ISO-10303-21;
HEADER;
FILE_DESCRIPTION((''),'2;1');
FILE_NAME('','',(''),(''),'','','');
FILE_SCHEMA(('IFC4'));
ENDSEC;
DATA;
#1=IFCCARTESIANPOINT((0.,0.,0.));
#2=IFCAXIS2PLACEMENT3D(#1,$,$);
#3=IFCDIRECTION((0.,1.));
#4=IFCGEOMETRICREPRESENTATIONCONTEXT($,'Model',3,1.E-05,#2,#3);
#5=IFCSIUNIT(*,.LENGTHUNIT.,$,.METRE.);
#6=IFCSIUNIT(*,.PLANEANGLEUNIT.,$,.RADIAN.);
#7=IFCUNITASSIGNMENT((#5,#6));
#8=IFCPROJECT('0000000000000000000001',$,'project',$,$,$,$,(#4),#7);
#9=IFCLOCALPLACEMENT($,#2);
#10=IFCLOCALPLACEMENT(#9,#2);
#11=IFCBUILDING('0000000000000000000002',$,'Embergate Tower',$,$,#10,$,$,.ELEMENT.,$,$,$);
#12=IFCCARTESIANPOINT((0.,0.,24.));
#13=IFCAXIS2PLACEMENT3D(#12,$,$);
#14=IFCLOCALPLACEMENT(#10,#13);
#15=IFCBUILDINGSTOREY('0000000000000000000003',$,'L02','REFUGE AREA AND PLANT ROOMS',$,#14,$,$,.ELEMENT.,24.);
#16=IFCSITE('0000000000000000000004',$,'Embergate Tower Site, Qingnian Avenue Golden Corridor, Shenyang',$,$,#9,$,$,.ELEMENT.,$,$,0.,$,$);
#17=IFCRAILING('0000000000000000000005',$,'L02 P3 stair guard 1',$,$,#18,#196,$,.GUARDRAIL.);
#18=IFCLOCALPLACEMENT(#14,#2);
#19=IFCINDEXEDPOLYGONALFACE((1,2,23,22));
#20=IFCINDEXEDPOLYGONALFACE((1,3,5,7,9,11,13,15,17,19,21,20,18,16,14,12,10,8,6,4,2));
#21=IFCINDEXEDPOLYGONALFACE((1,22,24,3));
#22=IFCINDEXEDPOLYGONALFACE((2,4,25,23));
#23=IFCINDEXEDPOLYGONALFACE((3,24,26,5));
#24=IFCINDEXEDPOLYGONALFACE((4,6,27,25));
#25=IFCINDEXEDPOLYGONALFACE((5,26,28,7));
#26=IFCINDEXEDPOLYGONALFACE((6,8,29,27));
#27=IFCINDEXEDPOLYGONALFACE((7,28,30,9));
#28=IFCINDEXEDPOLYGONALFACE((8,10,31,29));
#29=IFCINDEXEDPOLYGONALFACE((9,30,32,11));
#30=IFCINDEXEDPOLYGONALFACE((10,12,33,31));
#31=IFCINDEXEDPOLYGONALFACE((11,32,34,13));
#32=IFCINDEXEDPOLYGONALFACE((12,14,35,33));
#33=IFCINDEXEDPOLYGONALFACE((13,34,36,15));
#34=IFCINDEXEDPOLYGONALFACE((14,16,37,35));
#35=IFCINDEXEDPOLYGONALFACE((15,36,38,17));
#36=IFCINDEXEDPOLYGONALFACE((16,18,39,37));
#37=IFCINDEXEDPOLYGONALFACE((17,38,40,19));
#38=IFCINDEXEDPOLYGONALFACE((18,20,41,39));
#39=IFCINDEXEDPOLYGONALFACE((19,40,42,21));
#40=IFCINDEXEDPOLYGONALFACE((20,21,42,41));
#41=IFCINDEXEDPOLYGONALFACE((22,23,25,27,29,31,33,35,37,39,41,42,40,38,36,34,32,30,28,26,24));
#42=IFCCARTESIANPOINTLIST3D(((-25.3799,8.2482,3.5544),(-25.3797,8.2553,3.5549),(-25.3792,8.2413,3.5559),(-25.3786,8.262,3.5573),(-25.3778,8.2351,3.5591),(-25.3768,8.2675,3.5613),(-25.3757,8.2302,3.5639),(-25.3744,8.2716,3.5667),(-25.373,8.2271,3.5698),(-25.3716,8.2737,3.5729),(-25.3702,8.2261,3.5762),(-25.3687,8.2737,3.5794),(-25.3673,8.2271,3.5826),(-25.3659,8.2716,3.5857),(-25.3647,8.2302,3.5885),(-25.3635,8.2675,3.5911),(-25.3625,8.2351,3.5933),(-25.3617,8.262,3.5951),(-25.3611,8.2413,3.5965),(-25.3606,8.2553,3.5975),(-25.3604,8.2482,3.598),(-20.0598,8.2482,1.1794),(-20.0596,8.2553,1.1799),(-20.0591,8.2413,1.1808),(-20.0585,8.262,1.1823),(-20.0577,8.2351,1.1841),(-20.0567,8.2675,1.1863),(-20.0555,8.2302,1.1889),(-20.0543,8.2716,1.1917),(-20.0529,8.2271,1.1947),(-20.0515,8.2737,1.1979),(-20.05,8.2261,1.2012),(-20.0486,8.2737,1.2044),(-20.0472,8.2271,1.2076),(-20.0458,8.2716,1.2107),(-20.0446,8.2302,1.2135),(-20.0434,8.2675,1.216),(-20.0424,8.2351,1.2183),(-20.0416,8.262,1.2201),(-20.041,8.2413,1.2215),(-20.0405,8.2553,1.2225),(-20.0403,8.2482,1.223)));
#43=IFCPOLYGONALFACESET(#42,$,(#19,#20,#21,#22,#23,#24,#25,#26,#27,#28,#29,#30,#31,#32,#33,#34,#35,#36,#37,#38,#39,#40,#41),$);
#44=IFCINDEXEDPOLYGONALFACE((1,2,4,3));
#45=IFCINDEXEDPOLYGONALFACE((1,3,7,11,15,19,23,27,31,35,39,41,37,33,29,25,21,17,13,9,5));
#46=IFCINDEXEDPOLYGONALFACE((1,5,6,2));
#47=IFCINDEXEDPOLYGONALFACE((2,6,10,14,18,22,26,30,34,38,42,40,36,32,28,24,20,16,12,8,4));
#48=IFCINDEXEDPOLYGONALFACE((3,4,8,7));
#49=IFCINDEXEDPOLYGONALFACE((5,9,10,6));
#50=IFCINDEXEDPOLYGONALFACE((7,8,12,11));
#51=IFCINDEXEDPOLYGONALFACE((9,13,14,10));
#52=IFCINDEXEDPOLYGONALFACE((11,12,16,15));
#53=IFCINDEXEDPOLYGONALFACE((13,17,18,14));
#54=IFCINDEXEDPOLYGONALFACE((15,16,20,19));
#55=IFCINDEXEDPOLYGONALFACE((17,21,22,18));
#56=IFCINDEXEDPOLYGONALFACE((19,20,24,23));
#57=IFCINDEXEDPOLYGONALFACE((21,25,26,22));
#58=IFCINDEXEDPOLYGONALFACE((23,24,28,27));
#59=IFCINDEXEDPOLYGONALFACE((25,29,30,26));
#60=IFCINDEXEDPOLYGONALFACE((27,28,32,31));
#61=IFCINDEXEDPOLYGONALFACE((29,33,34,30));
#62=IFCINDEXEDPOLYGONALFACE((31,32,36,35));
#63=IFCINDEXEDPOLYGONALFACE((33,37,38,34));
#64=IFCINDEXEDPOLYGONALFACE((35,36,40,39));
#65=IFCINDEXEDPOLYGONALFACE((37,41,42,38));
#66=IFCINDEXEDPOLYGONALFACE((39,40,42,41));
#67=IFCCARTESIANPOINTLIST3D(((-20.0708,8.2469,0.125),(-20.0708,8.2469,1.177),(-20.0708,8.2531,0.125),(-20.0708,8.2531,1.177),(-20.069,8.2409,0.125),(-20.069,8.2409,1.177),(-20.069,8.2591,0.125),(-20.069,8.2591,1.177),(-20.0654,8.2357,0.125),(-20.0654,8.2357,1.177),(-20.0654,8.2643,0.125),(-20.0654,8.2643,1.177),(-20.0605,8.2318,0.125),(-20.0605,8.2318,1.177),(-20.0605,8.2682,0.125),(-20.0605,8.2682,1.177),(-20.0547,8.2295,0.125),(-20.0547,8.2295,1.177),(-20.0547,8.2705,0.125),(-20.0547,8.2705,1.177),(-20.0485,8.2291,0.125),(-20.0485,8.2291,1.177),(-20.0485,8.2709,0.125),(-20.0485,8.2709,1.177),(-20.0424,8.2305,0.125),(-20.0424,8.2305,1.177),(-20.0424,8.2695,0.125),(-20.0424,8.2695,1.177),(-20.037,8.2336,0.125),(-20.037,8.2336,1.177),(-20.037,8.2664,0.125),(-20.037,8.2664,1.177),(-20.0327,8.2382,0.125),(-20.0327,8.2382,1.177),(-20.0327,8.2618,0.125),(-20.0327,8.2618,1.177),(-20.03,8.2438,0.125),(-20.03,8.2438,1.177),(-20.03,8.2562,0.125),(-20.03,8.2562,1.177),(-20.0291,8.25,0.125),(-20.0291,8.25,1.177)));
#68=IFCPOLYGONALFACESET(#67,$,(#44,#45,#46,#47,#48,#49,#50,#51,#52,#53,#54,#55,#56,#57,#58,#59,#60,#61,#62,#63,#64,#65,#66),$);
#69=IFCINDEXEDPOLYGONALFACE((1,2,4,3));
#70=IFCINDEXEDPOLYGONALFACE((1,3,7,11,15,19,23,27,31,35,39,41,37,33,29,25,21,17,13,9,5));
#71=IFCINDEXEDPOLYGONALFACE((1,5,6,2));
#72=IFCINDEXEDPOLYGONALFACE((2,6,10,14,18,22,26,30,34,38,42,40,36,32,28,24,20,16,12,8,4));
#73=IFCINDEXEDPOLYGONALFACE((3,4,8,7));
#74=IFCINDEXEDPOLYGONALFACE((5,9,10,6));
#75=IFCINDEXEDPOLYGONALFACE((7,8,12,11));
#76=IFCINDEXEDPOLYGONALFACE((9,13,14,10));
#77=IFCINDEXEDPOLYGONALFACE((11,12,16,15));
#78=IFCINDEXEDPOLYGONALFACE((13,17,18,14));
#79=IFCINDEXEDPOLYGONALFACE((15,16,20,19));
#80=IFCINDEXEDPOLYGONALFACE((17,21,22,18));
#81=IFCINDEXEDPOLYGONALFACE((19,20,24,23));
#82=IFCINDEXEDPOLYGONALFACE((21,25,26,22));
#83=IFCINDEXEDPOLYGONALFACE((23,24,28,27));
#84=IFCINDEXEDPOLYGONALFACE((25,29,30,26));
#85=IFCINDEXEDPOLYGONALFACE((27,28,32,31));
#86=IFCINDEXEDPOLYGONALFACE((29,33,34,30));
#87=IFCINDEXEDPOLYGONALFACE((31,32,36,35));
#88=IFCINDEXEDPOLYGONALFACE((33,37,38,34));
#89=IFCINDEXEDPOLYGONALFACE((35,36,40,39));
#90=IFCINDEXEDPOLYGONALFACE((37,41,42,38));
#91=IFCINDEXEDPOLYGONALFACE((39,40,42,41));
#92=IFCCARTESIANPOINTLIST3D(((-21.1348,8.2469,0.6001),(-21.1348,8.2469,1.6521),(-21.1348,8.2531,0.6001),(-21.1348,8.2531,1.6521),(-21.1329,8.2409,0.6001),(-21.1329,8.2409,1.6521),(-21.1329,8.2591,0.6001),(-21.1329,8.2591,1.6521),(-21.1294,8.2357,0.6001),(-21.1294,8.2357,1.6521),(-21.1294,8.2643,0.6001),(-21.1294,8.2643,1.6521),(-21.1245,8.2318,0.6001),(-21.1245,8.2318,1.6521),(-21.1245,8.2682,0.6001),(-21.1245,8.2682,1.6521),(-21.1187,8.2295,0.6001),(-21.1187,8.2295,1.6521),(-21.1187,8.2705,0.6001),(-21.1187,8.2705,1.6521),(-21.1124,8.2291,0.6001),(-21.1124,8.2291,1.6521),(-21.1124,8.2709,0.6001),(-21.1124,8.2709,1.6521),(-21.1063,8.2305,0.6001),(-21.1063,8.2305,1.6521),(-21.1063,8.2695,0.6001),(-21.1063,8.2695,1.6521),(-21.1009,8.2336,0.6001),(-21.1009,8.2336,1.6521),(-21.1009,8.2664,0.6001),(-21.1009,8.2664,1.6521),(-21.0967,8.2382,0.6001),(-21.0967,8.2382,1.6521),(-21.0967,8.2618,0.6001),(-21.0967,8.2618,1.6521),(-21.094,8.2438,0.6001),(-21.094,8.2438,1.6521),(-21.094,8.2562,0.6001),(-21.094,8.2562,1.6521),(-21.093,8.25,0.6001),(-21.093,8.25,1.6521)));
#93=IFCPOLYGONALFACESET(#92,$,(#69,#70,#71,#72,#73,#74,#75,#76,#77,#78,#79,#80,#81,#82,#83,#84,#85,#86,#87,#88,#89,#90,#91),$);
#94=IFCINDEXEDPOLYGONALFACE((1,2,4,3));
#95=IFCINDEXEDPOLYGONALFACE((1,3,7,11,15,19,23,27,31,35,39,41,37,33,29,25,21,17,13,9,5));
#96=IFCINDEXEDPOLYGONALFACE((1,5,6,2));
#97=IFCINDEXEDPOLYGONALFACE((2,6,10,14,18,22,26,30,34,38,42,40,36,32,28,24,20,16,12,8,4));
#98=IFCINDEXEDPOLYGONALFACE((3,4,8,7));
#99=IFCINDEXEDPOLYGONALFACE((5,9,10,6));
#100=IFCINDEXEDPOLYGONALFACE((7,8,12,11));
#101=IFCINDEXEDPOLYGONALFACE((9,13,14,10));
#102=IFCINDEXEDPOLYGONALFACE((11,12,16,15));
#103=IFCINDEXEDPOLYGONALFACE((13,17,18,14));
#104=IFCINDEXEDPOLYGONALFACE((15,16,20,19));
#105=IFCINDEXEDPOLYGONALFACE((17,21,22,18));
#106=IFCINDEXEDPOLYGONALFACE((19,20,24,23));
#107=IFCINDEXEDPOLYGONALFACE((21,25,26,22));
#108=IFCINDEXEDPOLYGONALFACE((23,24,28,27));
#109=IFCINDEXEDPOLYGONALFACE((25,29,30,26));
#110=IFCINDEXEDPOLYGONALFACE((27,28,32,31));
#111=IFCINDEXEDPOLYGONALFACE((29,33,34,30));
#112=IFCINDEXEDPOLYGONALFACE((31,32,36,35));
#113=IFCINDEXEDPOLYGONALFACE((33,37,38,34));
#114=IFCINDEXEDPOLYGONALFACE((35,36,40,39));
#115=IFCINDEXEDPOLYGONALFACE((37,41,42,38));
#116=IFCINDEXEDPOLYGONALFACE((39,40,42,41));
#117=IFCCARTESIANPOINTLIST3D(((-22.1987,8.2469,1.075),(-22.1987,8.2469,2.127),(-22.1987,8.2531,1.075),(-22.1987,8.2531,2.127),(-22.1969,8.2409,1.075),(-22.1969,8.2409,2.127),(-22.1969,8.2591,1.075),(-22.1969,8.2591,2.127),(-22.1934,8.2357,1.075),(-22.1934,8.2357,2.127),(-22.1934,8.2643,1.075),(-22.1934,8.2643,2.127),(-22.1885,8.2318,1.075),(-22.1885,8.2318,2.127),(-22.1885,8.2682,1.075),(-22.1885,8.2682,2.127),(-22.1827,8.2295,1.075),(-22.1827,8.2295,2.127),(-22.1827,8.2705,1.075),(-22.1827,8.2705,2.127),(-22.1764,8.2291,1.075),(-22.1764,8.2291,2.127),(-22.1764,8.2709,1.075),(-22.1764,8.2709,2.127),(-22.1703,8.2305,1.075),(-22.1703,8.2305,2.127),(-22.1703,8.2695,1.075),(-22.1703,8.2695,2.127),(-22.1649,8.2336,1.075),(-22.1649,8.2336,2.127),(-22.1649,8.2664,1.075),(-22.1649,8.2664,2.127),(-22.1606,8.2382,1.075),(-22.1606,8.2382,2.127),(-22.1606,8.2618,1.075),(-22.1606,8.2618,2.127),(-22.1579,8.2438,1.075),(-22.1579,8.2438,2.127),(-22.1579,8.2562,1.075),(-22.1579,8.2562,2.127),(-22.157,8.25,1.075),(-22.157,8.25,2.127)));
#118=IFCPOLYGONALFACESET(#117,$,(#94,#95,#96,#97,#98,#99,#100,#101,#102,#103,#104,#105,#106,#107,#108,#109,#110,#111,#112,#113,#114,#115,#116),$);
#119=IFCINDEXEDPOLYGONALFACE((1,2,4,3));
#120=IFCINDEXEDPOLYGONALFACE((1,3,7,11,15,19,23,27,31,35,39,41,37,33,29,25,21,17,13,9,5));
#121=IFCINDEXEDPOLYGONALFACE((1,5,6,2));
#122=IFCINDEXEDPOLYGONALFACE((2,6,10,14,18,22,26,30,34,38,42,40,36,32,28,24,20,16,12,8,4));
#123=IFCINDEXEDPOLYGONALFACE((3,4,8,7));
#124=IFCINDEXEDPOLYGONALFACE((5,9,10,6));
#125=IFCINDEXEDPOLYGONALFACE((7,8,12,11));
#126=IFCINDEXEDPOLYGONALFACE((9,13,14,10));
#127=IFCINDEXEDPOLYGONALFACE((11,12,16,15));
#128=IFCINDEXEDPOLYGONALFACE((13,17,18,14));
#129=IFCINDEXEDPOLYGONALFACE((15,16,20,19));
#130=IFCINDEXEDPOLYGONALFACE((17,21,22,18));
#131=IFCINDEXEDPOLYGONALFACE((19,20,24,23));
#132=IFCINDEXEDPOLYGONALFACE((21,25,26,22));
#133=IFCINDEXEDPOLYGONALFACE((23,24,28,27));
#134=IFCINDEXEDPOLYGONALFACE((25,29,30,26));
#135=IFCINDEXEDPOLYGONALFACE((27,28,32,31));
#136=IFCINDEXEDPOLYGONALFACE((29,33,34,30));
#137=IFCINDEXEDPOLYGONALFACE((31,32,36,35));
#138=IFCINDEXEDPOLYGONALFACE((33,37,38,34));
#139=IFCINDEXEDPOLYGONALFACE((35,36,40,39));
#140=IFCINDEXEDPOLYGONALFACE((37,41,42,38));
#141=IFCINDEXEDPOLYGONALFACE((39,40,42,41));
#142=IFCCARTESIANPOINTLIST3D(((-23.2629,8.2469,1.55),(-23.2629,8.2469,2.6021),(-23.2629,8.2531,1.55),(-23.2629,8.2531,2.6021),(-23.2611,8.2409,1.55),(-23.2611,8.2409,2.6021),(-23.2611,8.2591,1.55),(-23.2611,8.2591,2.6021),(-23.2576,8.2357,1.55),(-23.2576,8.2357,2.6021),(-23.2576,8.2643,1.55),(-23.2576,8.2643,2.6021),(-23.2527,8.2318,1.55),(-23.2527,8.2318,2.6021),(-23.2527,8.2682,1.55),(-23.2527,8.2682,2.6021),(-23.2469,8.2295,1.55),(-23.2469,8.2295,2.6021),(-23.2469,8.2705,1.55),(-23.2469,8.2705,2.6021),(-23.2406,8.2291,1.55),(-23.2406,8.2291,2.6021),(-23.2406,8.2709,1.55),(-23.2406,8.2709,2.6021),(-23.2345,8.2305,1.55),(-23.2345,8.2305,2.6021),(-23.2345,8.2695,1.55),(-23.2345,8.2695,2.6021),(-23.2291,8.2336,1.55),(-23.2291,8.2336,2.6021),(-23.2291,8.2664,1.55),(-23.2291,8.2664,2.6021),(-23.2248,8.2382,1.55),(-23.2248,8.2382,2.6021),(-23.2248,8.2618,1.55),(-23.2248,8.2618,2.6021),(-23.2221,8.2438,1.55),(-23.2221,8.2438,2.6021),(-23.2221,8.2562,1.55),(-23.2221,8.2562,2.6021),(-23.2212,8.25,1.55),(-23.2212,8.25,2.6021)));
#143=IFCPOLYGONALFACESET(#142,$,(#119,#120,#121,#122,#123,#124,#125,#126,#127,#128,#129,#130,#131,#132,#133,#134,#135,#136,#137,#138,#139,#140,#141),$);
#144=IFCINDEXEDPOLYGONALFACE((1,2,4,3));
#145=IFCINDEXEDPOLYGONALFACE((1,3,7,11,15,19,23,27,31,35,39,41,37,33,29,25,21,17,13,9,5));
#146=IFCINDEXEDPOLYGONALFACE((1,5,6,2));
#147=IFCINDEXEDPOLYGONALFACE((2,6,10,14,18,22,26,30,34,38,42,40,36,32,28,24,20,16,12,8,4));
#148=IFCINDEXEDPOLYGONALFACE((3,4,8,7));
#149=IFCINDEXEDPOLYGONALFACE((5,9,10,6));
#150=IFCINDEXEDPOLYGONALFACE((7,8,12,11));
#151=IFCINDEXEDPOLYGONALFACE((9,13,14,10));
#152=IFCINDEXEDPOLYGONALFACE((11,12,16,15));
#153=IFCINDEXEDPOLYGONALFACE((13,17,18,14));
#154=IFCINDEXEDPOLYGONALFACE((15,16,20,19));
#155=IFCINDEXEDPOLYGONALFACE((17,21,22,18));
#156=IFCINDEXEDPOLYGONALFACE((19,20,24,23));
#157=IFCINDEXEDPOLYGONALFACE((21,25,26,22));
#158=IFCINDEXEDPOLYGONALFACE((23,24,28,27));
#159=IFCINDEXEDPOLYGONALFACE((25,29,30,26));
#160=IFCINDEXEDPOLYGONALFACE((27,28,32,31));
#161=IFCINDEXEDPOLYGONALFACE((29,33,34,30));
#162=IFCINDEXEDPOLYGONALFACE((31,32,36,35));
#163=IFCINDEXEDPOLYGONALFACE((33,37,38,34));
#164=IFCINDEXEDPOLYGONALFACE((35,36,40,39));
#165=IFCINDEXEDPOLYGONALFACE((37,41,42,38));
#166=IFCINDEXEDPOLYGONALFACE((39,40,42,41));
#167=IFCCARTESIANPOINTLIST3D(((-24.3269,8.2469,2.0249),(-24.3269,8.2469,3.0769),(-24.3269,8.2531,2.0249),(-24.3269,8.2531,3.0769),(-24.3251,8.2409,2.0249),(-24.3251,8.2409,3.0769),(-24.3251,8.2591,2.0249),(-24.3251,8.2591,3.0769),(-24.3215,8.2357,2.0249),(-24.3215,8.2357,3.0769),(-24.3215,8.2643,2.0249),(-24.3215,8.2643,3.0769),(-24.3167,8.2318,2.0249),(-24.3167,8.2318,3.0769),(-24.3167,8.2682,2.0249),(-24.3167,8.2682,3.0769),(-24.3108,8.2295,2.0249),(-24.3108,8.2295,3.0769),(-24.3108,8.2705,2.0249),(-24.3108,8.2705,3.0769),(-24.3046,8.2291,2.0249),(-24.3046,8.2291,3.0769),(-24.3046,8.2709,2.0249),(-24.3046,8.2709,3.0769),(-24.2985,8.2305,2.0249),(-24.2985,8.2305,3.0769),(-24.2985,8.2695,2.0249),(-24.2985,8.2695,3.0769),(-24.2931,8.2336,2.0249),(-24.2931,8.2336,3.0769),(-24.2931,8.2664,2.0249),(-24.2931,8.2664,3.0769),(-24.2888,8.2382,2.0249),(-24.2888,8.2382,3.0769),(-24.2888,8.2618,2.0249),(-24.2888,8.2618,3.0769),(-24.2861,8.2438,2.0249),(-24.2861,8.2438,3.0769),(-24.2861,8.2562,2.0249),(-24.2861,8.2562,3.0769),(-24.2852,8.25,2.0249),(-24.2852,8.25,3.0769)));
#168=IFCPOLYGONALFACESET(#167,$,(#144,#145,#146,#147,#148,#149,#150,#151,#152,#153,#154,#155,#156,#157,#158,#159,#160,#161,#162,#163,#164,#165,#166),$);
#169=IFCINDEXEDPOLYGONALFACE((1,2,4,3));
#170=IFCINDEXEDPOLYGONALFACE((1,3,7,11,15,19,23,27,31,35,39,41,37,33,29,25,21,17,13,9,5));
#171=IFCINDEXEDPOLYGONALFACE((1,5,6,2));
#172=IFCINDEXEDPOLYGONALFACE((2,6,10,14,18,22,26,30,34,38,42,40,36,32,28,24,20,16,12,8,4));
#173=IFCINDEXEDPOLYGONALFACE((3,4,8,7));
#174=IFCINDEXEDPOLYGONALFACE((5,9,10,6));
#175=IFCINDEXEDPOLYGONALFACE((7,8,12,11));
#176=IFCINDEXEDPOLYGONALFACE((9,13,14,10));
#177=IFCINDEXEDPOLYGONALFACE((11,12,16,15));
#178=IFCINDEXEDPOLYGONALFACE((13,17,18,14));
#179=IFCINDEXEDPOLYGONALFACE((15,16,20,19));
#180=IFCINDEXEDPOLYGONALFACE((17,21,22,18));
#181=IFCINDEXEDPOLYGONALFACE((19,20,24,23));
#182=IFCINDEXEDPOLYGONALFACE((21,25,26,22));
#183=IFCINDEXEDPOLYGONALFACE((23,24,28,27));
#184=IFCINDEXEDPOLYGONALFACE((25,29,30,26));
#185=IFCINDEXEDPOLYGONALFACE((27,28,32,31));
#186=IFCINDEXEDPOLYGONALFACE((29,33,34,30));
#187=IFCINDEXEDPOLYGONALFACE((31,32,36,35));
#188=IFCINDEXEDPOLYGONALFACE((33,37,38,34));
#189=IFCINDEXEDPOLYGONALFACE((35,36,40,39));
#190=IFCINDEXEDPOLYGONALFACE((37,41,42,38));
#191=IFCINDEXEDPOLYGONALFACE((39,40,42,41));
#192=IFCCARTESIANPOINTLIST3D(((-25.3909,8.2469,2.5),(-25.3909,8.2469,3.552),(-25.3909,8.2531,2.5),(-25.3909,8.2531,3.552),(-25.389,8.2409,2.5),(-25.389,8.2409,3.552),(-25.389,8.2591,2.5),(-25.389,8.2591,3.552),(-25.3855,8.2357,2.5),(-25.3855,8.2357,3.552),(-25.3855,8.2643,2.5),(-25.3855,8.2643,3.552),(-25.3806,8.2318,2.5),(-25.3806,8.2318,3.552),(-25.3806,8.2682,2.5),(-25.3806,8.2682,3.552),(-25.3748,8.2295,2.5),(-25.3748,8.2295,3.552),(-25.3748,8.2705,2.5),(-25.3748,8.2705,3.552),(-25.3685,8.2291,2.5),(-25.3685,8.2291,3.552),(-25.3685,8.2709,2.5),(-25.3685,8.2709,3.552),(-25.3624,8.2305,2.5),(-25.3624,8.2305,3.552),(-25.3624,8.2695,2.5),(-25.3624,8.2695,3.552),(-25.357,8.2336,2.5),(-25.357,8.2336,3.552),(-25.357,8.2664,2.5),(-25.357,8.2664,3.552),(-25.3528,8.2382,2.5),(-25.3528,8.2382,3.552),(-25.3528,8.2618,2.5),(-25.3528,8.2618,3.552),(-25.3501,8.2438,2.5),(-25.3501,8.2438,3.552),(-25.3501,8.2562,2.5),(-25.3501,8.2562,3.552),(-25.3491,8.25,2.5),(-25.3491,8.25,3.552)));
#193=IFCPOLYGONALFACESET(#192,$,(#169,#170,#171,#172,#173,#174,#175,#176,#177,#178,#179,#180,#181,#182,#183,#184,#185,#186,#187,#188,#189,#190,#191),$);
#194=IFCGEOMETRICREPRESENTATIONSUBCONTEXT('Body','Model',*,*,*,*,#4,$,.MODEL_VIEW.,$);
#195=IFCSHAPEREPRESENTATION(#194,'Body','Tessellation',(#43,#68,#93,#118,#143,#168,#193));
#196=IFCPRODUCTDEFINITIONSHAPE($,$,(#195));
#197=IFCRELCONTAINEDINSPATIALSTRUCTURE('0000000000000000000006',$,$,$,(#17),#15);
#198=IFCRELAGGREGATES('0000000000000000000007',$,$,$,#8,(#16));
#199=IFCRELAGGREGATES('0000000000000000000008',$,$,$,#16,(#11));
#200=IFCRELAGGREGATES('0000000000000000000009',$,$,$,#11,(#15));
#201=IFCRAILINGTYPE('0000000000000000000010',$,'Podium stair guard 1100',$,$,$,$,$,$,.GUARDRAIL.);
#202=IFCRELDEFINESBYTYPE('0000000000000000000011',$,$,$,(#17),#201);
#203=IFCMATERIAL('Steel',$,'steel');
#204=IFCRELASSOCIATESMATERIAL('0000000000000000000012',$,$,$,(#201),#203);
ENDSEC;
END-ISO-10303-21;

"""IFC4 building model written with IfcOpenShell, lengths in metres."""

from ifc_helpers import new_model, si_unit, direction, frame, origin, origin_2d, place, context, subcontext, project, spatial, circle, extrude, source, transform, mapped, material, type_object, element, save


model = new_model("IFC4")

# Units and contexts
model_context = context("Model", 3, precision=1e-05, world=origin(), true_north=direction((0.0, 1.0)))
body_context = subcontext(model_context, "Body", "Model", "MODEL_VIEW")
ifc_project = project(units=[si_unit("LENGTHUNIT", "METRE"), si_unit("PLANEANGLEUNIT", "RADIAN")], contexts=[model_context])

# Site, building, storey
site_placement = place(None, origin())
site = spatial("IfcSite", under=ifc_project, at=site_placement, Name="Embergate Tower Site, Qingnian Avenue Golden Corridor, Shenyang", CompositionType="ELEMENT", RefElevation=0.0)
building_placement = place(site_placement, origin())
building = spatial("IfcBuilding", under=site, at=building_placement, Name="Embergate Tower", CompositionType="ELEMENT")
storey_placement = place(building_placement, frame((0.0, 0.0, 24.0)))
storey = spatial("IfcBuildingStorey", under=building, at=storey_placement, Name="L02", Description="REFUGE AREA AND PLANT ROOMS", CompositionType="ELEMENT", Elevation=24.0)

# Railing
ifc_material_1 = material(Name="Steel", Category="steel")
railing_type_1 = type_object("IfcRailingType", Name="Podium stair guard 1100", PredefinedType="GUARDRAIL", material=ifc_material_1)
shared_shape_1 = source(origin(), body_context, "Body", "SweptSolid", [
    extrude(circle(Radius=0.0239, at=origin_2d()), frame((0.0, 0.0, 1.0762), z_axis=(-0.91314, 0.0, 0.407646), x_axis=(0.0, -1.0, 0.0)), (0.0, 0.0, 1.0), 5.8262),
    extrude(circle(Radius=0.021, at=origin_2d()), origin(), (0.0, 0.0, 1.0), 1.052),
    extrude(circle(Radius=0.021, at=origin_2d()), frame((-1.064, 0.0, 0.4751)), (0.0, 0.0, 1.0), 1.052),
    extrude(circle(Radius=0.021, at=origin_2d()), frame((-2.1279, 0.0, 0.95)), (0.0, 0.0, 1.0), 1.052),
    extrude(circle(Radius=0.021, at=origin_2d()), frame((-3.1921, 0.0, 1.425)), (0.0, 0.0, 1.0), 1.052),
    extrude(circle(Radius=0.021, at=origin_2d()), frame((-4.2561, 0.0, 1.8999)), (0.0, 0.0, 1.0), 1.052),
    extrude(circle(Radius=0.021, at=origin_2d()), frame((-5.3201, 0.0, 2.375)), (0.0, 0.0, 1.0), 1.052),
])
railing_1_placement = place(storey_placement, frame((-20.05, 8.25, 0.125)))
element("IfcRailing", 1, at=railing_1_placement, inside=storey, type_object=railing_type_1, Name="L02 P3 stair guard 1", PredefinedType="GUARDRAIL", context=body_context, shape_type="MappedRepresentation", body=[
    mapped(shared_shape_1, transform((0.0, 0.0, 0.0))),
])

save(model, "model.ifc")
